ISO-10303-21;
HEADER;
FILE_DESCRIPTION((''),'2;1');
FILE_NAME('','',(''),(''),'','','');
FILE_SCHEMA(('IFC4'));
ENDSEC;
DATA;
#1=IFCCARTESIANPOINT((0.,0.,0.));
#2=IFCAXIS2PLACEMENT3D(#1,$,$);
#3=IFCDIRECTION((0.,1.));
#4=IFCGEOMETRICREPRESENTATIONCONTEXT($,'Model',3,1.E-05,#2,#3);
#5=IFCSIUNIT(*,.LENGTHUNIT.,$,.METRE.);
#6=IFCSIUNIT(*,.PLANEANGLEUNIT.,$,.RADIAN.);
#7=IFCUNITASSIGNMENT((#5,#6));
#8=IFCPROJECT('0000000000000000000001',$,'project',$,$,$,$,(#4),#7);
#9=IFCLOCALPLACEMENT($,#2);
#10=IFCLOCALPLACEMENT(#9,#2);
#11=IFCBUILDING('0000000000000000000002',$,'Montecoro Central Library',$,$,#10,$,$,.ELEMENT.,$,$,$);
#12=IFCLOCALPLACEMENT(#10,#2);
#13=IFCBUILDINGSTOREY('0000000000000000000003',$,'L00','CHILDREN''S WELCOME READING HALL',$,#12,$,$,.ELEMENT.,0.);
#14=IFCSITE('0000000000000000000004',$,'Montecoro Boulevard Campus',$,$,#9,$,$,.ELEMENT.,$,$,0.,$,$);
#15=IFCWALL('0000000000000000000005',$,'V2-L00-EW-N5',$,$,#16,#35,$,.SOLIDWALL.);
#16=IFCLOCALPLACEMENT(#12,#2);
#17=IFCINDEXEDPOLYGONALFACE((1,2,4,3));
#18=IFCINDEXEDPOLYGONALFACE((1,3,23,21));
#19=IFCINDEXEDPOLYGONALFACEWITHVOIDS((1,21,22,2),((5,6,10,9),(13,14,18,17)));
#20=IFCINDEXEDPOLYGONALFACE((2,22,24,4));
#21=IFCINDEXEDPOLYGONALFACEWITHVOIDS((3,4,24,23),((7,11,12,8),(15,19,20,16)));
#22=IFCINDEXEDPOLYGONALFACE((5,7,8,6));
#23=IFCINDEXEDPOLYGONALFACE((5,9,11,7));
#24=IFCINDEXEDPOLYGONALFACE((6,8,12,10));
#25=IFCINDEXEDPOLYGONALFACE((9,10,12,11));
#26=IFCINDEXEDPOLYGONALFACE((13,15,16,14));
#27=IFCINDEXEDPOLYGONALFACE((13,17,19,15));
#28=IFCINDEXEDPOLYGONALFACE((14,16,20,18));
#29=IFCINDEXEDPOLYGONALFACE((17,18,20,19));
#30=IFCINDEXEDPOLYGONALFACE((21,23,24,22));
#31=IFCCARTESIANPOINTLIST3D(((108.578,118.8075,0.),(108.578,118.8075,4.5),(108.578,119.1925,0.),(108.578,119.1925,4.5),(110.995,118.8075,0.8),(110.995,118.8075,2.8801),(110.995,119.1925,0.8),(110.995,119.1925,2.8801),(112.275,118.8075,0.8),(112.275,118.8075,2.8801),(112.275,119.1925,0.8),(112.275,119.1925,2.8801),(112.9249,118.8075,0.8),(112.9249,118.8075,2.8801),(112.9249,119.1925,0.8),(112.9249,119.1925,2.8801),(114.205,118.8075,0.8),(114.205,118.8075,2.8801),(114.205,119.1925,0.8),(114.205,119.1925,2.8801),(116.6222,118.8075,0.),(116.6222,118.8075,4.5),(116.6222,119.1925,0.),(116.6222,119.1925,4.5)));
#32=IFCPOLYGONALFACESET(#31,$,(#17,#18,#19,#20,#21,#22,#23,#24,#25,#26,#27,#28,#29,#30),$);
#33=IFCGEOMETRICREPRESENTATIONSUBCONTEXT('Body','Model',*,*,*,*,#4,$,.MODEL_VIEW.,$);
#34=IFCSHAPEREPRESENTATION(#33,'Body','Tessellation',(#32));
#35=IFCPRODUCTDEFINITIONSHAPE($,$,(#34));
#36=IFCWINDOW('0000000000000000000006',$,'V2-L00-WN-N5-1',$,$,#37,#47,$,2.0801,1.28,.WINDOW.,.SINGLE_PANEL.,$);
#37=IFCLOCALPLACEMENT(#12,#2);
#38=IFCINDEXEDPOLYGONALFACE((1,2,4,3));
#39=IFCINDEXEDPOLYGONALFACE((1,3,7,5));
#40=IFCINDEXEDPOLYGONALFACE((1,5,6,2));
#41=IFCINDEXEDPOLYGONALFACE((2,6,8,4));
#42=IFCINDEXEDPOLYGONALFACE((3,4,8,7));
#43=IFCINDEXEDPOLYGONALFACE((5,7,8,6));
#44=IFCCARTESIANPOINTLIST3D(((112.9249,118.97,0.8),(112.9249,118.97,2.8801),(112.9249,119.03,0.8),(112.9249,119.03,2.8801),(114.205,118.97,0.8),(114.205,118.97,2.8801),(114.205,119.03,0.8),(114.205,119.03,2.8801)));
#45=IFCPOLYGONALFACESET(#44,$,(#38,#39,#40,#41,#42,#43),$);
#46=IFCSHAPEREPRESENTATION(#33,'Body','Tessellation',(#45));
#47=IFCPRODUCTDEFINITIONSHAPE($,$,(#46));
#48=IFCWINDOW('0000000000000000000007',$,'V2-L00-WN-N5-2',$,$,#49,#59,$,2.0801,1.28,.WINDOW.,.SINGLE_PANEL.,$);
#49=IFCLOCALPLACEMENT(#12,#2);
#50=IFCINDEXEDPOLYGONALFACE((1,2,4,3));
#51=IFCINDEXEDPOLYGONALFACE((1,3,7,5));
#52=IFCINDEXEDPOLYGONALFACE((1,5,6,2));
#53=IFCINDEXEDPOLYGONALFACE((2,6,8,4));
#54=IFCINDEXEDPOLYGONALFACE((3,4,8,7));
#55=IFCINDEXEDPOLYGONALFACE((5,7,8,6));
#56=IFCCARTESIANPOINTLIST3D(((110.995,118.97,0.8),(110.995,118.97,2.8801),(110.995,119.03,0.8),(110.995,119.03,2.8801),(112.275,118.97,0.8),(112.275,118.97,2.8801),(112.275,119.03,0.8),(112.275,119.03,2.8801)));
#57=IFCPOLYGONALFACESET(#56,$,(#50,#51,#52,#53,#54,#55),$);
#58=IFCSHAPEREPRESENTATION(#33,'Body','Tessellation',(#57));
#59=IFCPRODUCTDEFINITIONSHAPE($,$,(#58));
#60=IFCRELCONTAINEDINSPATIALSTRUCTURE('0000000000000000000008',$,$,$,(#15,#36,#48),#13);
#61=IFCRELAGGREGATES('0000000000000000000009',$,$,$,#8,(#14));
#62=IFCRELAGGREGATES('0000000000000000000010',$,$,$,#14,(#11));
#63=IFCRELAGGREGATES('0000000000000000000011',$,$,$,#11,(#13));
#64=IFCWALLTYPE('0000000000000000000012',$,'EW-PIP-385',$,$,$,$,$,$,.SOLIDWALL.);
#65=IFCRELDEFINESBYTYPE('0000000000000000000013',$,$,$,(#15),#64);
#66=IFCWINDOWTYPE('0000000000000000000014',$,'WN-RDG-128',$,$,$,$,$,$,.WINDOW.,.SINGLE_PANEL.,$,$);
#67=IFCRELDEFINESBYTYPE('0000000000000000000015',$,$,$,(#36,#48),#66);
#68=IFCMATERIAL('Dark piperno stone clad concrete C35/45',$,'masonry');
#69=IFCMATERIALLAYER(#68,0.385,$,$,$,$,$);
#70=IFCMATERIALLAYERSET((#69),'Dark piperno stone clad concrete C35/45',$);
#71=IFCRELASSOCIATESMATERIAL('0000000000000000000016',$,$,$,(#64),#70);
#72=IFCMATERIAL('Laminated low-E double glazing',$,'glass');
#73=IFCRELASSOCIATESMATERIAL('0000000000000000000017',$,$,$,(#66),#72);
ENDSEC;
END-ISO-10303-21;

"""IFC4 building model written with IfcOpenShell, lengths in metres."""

from ifc_helpers import new_model, si_unit, direction, frame, frame_2d, origin, place, context, subcontext, project, spatial, rectangle, extrude, material, layer, layer_set, type_object, element, fill, save


model = new_model("IFC4")

# Units and contexts
model_context = context("Model", 3, precision=1e-05, world=origin(), true_north=direction((0.0, 1.0)))
body_context = subcontext(model_context, "Body", "Model", "MODEL_VIEW")
ifc_project = project(units=[si_unit("LENGTHUNIT", "METRE"), si_unit("PLANEANGLEUNIT", "RADIAN")], contexts=[model_context])

# Site, building, storey
site_placement = place(None, origin())
site = spatial("IfcSite", under=ifc_project, at=site_placement, Name="Montecoro Boulevard Campus", CompositionType="ELEMENT", RefElevation=0.0)
building_placement = place(site_placement, origin())
building = spatial("IfcBuilding", under=site, at=building_placement, Name="Montecoro Central Library", CompositionType="ELEMENT")
storey_placement = place(building_placement, origin())
storey = spatial("IfcBuildingStorey", under=building, at=storey_placement, Name="L00", Description="CHILDREN'S WELCOME READING HALL", CompositionType="ELEMENT", Elevation=0.0)

# Shared definitions
ifc_material_1 = material(Name="Laminated low-E double glazing", Category="glass")

# Wall, openings, windows
ifc_material_2 = material(Name="Dark piperno stone clad concrete C35/45", Category="masonry")
ifc_layer_1 = layer(ifc_material_2, 0.385)
ifc_layer_set_1 = layer_set([ifc_layer_1], Name="Dark piperno stone clad concrete C35/45")
wall_type = type_object("IfcWallType", Name="EW-PIP-385", PredefinedType="SOLIDWALL", material=ifc_layer_set_1)
wall_placement = place(storey_placement, frame((116.6221, 119.0, 0.0), z_axis=(0.0, 0.0, 1.0), x_axis=(-1.0, 0.0, 0.0)))
wall = element("IfcWall", 1, at=wall_placement, inside=storey, type_object=wall_type, Name="V2-L00-EW-N5", PredefinedType="SOLIDWALL", context=body_context, shape_type="SweptSolid", body=[
    extrude(rectangle(XDim=8.0442, YDim=0.385, at=frame_2d((4.022, 0.0))), origin(), (0.0, 0.0, 1.0), 4.5),
])
opening_1_placement = place(wall_placement, frame((2.417, 0.0, 0.8)))
opening_1 = element("IfcOpeningElement", 2, at=opening_1_placement, cuts=wall, PredefinedType="OPENING", context=body_context, shape_type="SweptSolid", body=[
    extrude(rectangle(XDim=1.28, YDim=2.0801, at=frame_2d((0.6401, 1.04))), frame((0.0, 0.2024, 0.0), z_axis=(0.0, -1.0, 0.0), x_axis=(1.0, 0.0, 0.0)), (0.0, 0.0, 1.0), 0.405),
])
opening_2_placement = place(wall_placement, frame((4.3469, 0.0, 0.8)))
opening_2 = element("IfcOpeningElement", 3, at=opening_2_placement, cuts=wall, PredefinedType="OPENING", context=body_context, shape_type="SweptSolid", body=[
    extrude(rectangle(XDim=1.28, YDim=2.0801, at=frame_2d((0.6401, 1.04))), frame((0.0, 0.2024, 0.0), z_axis=(0.0, -1.0, 0.0), x_axis=(1.0, 0.0, 0.0)), (0.0, 0.0, 1.0), 0.405),
])
window_type = type_object("IfcWindowType", Name="WN-RDG-128", PartitioningType="SINGLE_PANEL", PredefinedType="WINDOW", material=ifc_material_1)
window_1_placement = place(opening_1_placement, origin())
window_1 = element("IfcWindow", 4, at=window_1_placement, inside=storey, type_object=window_type, Name="V2-L00-WN-N5-1", OverallHeight=2.0801, OverallWidth=1.28, PartitioningType="SINGLE_PANEL", PredefinedType="WINDOW", context=body_context, shape_type="SweptSolid", body=[
    extrude(rectangle(XDim=1.28, YDim=2.0801, at=frame_2d((0.6401, 1.04))), frame((0.0, 0.03, 0.0), z_axis=(0.0, -1.0, 0.0), x_axis=(1.0, 0.0, 0.0)), (0.0, 0.0, 1.0), 0.0601),
])
fill(opening_1, window_1)
window_2_placement = place(opening_2_placement, origin())
window_2 = element("IfcWindow", 5, at=window_2_placement, inside=storey, type_object=window_type, Name="V2-L00-WN-N5-2", OverallHeight=2.0801, OverallWidth=1.28, PartitioningType="SINGLE_PANEL", PredefinedType="WINDOW", context=body_context, shape_type="SweptSolid", body=[
    extrude(rectangle(XDim=1.28, YDim=2.0801, at=frame_2d((0.6401, 1.04))), frame((0.0, 0.03, 0.0), z_axis=(0.0, -1.0, 0.0), x_axis=(1.0, 0.0, 0.0)), (0.0, 0.0, 1.0), 0.0601),
])
fill(opening_2, window_2)

save(model, "model.ifc")
